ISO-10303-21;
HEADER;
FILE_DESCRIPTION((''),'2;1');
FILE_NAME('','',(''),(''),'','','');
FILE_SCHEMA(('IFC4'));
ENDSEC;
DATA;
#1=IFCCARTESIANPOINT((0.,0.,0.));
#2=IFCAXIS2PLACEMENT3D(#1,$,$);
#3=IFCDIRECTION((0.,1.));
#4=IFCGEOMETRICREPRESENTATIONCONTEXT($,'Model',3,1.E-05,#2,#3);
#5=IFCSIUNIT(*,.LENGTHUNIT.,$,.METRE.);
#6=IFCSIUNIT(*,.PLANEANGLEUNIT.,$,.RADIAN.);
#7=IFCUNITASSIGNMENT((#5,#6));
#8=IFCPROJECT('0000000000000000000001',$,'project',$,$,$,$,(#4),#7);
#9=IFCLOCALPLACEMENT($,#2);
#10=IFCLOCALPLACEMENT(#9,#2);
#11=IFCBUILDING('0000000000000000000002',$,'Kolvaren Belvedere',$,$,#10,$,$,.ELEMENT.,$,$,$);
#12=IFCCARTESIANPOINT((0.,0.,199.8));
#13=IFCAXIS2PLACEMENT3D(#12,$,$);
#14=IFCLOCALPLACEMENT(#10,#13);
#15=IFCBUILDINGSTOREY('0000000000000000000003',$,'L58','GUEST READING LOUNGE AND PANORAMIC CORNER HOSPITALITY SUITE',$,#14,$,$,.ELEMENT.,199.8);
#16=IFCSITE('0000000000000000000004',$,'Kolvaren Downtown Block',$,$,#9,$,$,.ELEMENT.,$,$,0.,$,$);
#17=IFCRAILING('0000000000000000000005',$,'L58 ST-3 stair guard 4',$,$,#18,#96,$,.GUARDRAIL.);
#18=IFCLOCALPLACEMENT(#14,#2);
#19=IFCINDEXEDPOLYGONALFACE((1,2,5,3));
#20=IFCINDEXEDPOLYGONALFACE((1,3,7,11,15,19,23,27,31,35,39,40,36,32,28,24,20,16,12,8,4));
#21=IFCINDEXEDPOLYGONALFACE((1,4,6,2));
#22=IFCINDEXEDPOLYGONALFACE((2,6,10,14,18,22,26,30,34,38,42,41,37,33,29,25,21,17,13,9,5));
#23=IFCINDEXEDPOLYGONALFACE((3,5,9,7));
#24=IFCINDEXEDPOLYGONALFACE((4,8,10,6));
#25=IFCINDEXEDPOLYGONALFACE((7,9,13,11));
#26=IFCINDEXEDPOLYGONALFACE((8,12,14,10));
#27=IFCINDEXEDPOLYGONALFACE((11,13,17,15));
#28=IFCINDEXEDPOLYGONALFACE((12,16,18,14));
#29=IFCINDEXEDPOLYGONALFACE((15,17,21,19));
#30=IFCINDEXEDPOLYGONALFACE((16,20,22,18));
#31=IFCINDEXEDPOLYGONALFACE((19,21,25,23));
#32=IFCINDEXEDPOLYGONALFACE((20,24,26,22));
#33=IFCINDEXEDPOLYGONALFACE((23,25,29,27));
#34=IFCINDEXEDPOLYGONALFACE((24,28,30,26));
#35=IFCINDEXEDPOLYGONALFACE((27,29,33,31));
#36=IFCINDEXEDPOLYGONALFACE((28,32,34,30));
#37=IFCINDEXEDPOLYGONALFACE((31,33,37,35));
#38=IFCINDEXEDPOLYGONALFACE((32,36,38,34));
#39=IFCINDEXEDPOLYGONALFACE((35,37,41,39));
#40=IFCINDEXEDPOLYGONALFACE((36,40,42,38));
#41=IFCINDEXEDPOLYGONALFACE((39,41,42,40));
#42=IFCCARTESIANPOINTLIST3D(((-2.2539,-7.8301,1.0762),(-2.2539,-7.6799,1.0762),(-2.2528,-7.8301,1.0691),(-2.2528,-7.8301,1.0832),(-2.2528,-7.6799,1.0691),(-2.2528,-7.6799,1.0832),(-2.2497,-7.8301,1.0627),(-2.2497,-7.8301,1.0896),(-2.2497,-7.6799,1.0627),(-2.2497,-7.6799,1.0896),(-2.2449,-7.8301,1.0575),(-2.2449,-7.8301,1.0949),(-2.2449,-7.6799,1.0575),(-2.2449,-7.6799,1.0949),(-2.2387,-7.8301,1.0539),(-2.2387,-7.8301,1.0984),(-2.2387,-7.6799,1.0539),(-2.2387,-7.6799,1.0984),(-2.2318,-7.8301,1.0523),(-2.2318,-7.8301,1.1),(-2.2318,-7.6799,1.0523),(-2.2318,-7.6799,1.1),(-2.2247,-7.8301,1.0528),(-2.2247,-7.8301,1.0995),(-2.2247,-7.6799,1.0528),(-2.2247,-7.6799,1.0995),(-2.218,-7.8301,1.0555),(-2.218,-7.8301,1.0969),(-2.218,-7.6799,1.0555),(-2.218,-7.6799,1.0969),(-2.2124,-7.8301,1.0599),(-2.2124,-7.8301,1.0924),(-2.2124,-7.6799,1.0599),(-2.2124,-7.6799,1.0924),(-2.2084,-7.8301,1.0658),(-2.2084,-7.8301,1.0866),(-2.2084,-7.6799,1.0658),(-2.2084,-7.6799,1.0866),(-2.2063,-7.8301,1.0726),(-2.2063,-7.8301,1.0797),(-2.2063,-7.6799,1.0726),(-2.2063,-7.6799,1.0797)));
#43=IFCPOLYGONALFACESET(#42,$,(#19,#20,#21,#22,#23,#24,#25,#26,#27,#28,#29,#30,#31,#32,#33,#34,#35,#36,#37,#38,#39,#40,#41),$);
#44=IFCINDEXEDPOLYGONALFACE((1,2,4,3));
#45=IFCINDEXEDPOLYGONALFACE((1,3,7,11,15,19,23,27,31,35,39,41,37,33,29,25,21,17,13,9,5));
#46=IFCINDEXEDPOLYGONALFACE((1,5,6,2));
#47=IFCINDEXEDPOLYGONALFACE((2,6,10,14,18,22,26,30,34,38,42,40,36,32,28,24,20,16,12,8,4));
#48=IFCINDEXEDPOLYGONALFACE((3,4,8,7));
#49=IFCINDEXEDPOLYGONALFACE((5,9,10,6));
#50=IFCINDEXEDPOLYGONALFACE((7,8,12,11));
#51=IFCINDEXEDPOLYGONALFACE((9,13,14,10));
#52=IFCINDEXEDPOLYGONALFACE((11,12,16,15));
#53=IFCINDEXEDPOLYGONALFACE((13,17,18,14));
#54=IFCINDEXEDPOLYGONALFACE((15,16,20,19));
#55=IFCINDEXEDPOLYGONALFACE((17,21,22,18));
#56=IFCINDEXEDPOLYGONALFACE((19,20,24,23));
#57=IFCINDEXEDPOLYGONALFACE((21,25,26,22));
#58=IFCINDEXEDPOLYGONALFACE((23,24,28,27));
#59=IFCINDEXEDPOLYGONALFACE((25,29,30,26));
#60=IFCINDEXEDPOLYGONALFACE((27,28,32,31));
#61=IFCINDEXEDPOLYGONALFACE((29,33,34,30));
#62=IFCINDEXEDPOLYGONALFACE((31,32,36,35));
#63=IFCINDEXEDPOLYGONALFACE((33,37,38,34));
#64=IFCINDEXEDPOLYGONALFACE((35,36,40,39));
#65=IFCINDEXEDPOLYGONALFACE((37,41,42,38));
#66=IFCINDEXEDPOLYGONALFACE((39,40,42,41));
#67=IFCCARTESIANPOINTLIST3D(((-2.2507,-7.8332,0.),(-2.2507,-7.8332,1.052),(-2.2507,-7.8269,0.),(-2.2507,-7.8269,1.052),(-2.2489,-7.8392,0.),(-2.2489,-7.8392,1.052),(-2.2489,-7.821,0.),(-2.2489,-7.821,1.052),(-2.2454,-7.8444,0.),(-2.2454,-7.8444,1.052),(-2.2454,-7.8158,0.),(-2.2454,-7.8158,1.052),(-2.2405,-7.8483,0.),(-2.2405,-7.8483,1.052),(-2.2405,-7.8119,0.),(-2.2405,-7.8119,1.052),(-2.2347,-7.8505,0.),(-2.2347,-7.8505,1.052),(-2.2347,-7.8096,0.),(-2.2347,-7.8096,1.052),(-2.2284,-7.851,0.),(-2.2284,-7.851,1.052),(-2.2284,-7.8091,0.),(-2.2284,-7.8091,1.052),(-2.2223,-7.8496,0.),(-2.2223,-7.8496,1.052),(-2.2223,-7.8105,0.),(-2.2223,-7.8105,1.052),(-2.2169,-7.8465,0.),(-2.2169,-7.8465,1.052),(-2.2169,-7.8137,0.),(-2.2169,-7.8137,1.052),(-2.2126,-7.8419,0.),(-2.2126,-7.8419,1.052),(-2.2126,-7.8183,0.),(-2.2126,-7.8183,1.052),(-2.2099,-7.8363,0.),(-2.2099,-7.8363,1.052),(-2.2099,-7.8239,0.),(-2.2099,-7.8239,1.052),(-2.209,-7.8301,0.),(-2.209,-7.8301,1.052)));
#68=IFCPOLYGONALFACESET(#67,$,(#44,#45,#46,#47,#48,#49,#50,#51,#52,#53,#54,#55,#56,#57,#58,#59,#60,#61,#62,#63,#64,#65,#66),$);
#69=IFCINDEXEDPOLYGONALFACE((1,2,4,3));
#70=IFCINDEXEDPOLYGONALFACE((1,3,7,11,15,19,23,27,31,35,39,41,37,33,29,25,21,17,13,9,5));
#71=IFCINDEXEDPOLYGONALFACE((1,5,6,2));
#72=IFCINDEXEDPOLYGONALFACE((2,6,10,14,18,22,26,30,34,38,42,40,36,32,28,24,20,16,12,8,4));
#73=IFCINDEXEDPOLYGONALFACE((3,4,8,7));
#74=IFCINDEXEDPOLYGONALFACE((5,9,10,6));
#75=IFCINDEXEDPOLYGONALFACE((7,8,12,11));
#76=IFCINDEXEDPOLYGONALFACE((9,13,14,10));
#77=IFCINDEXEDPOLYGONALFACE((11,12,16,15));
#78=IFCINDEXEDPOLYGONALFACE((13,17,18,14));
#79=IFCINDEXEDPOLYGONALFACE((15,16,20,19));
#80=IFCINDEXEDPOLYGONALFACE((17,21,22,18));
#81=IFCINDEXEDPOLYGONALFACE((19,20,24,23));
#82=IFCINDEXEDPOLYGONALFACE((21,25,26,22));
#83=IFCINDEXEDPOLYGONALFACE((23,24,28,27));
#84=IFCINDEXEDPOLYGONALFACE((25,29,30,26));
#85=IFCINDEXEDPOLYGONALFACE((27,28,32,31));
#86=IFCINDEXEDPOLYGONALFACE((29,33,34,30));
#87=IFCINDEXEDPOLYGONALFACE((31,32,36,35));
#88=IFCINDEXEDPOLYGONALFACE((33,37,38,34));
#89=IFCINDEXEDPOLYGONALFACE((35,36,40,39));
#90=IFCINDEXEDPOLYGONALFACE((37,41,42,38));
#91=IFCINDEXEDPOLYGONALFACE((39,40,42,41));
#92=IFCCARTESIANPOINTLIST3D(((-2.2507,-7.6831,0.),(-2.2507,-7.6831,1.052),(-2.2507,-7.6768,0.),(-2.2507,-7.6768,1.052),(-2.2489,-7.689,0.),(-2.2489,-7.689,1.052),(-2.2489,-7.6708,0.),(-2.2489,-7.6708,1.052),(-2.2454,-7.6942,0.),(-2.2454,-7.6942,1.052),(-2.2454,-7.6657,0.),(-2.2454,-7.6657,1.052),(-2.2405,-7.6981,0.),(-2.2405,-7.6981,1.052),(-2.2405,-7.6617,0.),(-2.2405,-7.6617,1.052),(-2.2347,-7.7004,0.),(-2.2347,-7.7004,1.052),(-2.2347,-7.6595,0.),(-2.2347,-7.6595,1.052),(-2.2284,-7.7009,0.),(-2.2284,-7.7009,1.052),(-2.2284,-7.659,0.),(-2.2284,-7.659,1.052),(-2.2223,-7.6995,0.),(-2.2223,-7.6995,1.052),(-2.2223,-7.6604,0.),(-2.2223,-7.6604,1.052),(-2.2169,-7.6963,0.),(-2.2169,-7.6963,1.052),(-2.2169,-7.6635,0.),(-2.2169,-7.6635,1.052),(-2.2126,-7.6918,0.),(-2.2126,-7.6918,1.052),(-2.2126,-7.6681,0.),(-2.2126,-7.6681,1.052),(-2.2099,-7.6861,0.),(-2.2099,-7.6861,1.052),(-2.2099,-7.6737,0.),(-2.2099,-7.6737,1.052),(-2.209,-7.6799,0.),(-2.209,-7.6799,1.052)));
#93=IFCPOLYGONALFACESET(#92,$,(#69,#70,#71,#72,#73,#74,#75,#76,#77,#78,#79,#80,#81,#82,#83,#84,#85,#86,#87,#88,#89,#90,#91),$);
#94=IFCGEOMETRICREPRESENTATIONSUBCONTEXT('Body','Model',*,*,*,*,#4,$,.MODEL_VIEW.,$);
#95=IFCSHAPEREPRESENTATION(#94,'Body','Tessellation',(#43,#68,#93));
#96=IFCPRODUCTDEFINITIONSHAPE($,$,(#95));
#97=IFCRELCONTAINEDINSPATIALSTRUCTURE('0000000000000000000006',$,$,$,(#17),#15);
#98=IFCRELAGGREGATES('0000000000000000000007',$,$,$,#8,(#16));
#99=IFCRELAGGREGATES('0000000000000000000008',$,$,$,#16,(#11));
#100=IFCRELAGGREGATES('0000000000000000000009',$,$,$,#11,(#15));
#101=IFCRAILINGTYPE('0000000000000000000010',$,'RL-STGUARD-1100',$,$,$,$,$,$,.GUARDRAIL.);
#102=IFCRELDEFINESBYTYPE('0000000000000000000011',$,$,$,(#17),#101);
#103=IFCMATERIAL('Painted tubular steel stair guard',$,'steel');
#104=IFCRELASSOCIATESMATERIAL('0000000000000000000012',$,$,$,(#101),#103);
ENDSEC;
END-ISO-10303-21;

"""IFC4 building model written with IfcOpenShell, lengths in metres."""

from ifc_helpers import new_model, si_unit, direction, frame, origin, origin_2d, place, context, subcontext, project, spatial, circle, extrude, material, type_object, element, save


model = new_model("IFC4")

# Units and contexts
model_context = context("Model", 3, precision=1e-05, world=origin(), true_north=direction((0.0, 1.0)))
body_context = subcontext(model_context, "Body", "Model", "MODEL_VIEW")
ifc_project = project(units=[si_unit("LENGTHUNIT", "METRE"), si_unit("PLANEANGLEUNIT", "RADIAN")], contexts=[model_context])

# Site, building, storey
site_placement = place(None, origin())
site = spatial("IfcSite", under=ifc_project, at=site_placement, Name="Kolvaren Downtown Block", CompositionType="ELEMENT", RefElevation=0.0)
building_placement = place(site_placement, origin())
building = spatial("IfcBuilding", under=site, at=building_placement, Name="Kolvaren Belvedere", CompositionType="ELEMENT")
storey_placement = place(building_placement, frame((0.0, 0.0, 199.8)))
storey = spatial("IfcBuildingStorey", under=building, at=storey_placement, Name="L58", Description="GUEST READING LOUNGE AND PANORAMIC CORNER HOSPITALITY SUITE", CompositionType="ELEMENT", Elevation=199.8)

# Railing
ifc_material_1 = material(Name="Painted tubular steel stair guard", Category="steel")
railing_type_1 = type_object("IfcRailingType", Name="RL-STGUARD-1100", PredefinedType="GUARDRAIL", material=ifc_material_1)
railing_1_placement = place(storey_placement, frame((-2.23, -7.8301, 0.0)))
element("IfcRailing", 1, at=railing_1_placement, inside=storey, type_object=railing_type_1, Name="L58 ST-3 stair guard 4", PredefinedType="GUARDRAIL", context=body_context, shape_type="SweptSolid", body=[
    extrude(circle(Radius=0.0239, at=origin_2d()), frame((0.0, 0.0, 1.0762), z_axis=(0.0, 1.0, 0.0), x_axis=(-1.0, 0.0, 0.0)), (0.0, 0.0, 1.0), 0.1501),
    extrude(circle(Radius=0.021, at=origin_2d()), origin(), (0.0, 0.0, 1.0), 1.052),
    extrude(circle(Radius=0.021, at=origin_2d()), frame((0.0, 0.1501, 0.0)), (0.0, 0.0, 1.0), 1.052),
])

save(model, "model.ifc")
